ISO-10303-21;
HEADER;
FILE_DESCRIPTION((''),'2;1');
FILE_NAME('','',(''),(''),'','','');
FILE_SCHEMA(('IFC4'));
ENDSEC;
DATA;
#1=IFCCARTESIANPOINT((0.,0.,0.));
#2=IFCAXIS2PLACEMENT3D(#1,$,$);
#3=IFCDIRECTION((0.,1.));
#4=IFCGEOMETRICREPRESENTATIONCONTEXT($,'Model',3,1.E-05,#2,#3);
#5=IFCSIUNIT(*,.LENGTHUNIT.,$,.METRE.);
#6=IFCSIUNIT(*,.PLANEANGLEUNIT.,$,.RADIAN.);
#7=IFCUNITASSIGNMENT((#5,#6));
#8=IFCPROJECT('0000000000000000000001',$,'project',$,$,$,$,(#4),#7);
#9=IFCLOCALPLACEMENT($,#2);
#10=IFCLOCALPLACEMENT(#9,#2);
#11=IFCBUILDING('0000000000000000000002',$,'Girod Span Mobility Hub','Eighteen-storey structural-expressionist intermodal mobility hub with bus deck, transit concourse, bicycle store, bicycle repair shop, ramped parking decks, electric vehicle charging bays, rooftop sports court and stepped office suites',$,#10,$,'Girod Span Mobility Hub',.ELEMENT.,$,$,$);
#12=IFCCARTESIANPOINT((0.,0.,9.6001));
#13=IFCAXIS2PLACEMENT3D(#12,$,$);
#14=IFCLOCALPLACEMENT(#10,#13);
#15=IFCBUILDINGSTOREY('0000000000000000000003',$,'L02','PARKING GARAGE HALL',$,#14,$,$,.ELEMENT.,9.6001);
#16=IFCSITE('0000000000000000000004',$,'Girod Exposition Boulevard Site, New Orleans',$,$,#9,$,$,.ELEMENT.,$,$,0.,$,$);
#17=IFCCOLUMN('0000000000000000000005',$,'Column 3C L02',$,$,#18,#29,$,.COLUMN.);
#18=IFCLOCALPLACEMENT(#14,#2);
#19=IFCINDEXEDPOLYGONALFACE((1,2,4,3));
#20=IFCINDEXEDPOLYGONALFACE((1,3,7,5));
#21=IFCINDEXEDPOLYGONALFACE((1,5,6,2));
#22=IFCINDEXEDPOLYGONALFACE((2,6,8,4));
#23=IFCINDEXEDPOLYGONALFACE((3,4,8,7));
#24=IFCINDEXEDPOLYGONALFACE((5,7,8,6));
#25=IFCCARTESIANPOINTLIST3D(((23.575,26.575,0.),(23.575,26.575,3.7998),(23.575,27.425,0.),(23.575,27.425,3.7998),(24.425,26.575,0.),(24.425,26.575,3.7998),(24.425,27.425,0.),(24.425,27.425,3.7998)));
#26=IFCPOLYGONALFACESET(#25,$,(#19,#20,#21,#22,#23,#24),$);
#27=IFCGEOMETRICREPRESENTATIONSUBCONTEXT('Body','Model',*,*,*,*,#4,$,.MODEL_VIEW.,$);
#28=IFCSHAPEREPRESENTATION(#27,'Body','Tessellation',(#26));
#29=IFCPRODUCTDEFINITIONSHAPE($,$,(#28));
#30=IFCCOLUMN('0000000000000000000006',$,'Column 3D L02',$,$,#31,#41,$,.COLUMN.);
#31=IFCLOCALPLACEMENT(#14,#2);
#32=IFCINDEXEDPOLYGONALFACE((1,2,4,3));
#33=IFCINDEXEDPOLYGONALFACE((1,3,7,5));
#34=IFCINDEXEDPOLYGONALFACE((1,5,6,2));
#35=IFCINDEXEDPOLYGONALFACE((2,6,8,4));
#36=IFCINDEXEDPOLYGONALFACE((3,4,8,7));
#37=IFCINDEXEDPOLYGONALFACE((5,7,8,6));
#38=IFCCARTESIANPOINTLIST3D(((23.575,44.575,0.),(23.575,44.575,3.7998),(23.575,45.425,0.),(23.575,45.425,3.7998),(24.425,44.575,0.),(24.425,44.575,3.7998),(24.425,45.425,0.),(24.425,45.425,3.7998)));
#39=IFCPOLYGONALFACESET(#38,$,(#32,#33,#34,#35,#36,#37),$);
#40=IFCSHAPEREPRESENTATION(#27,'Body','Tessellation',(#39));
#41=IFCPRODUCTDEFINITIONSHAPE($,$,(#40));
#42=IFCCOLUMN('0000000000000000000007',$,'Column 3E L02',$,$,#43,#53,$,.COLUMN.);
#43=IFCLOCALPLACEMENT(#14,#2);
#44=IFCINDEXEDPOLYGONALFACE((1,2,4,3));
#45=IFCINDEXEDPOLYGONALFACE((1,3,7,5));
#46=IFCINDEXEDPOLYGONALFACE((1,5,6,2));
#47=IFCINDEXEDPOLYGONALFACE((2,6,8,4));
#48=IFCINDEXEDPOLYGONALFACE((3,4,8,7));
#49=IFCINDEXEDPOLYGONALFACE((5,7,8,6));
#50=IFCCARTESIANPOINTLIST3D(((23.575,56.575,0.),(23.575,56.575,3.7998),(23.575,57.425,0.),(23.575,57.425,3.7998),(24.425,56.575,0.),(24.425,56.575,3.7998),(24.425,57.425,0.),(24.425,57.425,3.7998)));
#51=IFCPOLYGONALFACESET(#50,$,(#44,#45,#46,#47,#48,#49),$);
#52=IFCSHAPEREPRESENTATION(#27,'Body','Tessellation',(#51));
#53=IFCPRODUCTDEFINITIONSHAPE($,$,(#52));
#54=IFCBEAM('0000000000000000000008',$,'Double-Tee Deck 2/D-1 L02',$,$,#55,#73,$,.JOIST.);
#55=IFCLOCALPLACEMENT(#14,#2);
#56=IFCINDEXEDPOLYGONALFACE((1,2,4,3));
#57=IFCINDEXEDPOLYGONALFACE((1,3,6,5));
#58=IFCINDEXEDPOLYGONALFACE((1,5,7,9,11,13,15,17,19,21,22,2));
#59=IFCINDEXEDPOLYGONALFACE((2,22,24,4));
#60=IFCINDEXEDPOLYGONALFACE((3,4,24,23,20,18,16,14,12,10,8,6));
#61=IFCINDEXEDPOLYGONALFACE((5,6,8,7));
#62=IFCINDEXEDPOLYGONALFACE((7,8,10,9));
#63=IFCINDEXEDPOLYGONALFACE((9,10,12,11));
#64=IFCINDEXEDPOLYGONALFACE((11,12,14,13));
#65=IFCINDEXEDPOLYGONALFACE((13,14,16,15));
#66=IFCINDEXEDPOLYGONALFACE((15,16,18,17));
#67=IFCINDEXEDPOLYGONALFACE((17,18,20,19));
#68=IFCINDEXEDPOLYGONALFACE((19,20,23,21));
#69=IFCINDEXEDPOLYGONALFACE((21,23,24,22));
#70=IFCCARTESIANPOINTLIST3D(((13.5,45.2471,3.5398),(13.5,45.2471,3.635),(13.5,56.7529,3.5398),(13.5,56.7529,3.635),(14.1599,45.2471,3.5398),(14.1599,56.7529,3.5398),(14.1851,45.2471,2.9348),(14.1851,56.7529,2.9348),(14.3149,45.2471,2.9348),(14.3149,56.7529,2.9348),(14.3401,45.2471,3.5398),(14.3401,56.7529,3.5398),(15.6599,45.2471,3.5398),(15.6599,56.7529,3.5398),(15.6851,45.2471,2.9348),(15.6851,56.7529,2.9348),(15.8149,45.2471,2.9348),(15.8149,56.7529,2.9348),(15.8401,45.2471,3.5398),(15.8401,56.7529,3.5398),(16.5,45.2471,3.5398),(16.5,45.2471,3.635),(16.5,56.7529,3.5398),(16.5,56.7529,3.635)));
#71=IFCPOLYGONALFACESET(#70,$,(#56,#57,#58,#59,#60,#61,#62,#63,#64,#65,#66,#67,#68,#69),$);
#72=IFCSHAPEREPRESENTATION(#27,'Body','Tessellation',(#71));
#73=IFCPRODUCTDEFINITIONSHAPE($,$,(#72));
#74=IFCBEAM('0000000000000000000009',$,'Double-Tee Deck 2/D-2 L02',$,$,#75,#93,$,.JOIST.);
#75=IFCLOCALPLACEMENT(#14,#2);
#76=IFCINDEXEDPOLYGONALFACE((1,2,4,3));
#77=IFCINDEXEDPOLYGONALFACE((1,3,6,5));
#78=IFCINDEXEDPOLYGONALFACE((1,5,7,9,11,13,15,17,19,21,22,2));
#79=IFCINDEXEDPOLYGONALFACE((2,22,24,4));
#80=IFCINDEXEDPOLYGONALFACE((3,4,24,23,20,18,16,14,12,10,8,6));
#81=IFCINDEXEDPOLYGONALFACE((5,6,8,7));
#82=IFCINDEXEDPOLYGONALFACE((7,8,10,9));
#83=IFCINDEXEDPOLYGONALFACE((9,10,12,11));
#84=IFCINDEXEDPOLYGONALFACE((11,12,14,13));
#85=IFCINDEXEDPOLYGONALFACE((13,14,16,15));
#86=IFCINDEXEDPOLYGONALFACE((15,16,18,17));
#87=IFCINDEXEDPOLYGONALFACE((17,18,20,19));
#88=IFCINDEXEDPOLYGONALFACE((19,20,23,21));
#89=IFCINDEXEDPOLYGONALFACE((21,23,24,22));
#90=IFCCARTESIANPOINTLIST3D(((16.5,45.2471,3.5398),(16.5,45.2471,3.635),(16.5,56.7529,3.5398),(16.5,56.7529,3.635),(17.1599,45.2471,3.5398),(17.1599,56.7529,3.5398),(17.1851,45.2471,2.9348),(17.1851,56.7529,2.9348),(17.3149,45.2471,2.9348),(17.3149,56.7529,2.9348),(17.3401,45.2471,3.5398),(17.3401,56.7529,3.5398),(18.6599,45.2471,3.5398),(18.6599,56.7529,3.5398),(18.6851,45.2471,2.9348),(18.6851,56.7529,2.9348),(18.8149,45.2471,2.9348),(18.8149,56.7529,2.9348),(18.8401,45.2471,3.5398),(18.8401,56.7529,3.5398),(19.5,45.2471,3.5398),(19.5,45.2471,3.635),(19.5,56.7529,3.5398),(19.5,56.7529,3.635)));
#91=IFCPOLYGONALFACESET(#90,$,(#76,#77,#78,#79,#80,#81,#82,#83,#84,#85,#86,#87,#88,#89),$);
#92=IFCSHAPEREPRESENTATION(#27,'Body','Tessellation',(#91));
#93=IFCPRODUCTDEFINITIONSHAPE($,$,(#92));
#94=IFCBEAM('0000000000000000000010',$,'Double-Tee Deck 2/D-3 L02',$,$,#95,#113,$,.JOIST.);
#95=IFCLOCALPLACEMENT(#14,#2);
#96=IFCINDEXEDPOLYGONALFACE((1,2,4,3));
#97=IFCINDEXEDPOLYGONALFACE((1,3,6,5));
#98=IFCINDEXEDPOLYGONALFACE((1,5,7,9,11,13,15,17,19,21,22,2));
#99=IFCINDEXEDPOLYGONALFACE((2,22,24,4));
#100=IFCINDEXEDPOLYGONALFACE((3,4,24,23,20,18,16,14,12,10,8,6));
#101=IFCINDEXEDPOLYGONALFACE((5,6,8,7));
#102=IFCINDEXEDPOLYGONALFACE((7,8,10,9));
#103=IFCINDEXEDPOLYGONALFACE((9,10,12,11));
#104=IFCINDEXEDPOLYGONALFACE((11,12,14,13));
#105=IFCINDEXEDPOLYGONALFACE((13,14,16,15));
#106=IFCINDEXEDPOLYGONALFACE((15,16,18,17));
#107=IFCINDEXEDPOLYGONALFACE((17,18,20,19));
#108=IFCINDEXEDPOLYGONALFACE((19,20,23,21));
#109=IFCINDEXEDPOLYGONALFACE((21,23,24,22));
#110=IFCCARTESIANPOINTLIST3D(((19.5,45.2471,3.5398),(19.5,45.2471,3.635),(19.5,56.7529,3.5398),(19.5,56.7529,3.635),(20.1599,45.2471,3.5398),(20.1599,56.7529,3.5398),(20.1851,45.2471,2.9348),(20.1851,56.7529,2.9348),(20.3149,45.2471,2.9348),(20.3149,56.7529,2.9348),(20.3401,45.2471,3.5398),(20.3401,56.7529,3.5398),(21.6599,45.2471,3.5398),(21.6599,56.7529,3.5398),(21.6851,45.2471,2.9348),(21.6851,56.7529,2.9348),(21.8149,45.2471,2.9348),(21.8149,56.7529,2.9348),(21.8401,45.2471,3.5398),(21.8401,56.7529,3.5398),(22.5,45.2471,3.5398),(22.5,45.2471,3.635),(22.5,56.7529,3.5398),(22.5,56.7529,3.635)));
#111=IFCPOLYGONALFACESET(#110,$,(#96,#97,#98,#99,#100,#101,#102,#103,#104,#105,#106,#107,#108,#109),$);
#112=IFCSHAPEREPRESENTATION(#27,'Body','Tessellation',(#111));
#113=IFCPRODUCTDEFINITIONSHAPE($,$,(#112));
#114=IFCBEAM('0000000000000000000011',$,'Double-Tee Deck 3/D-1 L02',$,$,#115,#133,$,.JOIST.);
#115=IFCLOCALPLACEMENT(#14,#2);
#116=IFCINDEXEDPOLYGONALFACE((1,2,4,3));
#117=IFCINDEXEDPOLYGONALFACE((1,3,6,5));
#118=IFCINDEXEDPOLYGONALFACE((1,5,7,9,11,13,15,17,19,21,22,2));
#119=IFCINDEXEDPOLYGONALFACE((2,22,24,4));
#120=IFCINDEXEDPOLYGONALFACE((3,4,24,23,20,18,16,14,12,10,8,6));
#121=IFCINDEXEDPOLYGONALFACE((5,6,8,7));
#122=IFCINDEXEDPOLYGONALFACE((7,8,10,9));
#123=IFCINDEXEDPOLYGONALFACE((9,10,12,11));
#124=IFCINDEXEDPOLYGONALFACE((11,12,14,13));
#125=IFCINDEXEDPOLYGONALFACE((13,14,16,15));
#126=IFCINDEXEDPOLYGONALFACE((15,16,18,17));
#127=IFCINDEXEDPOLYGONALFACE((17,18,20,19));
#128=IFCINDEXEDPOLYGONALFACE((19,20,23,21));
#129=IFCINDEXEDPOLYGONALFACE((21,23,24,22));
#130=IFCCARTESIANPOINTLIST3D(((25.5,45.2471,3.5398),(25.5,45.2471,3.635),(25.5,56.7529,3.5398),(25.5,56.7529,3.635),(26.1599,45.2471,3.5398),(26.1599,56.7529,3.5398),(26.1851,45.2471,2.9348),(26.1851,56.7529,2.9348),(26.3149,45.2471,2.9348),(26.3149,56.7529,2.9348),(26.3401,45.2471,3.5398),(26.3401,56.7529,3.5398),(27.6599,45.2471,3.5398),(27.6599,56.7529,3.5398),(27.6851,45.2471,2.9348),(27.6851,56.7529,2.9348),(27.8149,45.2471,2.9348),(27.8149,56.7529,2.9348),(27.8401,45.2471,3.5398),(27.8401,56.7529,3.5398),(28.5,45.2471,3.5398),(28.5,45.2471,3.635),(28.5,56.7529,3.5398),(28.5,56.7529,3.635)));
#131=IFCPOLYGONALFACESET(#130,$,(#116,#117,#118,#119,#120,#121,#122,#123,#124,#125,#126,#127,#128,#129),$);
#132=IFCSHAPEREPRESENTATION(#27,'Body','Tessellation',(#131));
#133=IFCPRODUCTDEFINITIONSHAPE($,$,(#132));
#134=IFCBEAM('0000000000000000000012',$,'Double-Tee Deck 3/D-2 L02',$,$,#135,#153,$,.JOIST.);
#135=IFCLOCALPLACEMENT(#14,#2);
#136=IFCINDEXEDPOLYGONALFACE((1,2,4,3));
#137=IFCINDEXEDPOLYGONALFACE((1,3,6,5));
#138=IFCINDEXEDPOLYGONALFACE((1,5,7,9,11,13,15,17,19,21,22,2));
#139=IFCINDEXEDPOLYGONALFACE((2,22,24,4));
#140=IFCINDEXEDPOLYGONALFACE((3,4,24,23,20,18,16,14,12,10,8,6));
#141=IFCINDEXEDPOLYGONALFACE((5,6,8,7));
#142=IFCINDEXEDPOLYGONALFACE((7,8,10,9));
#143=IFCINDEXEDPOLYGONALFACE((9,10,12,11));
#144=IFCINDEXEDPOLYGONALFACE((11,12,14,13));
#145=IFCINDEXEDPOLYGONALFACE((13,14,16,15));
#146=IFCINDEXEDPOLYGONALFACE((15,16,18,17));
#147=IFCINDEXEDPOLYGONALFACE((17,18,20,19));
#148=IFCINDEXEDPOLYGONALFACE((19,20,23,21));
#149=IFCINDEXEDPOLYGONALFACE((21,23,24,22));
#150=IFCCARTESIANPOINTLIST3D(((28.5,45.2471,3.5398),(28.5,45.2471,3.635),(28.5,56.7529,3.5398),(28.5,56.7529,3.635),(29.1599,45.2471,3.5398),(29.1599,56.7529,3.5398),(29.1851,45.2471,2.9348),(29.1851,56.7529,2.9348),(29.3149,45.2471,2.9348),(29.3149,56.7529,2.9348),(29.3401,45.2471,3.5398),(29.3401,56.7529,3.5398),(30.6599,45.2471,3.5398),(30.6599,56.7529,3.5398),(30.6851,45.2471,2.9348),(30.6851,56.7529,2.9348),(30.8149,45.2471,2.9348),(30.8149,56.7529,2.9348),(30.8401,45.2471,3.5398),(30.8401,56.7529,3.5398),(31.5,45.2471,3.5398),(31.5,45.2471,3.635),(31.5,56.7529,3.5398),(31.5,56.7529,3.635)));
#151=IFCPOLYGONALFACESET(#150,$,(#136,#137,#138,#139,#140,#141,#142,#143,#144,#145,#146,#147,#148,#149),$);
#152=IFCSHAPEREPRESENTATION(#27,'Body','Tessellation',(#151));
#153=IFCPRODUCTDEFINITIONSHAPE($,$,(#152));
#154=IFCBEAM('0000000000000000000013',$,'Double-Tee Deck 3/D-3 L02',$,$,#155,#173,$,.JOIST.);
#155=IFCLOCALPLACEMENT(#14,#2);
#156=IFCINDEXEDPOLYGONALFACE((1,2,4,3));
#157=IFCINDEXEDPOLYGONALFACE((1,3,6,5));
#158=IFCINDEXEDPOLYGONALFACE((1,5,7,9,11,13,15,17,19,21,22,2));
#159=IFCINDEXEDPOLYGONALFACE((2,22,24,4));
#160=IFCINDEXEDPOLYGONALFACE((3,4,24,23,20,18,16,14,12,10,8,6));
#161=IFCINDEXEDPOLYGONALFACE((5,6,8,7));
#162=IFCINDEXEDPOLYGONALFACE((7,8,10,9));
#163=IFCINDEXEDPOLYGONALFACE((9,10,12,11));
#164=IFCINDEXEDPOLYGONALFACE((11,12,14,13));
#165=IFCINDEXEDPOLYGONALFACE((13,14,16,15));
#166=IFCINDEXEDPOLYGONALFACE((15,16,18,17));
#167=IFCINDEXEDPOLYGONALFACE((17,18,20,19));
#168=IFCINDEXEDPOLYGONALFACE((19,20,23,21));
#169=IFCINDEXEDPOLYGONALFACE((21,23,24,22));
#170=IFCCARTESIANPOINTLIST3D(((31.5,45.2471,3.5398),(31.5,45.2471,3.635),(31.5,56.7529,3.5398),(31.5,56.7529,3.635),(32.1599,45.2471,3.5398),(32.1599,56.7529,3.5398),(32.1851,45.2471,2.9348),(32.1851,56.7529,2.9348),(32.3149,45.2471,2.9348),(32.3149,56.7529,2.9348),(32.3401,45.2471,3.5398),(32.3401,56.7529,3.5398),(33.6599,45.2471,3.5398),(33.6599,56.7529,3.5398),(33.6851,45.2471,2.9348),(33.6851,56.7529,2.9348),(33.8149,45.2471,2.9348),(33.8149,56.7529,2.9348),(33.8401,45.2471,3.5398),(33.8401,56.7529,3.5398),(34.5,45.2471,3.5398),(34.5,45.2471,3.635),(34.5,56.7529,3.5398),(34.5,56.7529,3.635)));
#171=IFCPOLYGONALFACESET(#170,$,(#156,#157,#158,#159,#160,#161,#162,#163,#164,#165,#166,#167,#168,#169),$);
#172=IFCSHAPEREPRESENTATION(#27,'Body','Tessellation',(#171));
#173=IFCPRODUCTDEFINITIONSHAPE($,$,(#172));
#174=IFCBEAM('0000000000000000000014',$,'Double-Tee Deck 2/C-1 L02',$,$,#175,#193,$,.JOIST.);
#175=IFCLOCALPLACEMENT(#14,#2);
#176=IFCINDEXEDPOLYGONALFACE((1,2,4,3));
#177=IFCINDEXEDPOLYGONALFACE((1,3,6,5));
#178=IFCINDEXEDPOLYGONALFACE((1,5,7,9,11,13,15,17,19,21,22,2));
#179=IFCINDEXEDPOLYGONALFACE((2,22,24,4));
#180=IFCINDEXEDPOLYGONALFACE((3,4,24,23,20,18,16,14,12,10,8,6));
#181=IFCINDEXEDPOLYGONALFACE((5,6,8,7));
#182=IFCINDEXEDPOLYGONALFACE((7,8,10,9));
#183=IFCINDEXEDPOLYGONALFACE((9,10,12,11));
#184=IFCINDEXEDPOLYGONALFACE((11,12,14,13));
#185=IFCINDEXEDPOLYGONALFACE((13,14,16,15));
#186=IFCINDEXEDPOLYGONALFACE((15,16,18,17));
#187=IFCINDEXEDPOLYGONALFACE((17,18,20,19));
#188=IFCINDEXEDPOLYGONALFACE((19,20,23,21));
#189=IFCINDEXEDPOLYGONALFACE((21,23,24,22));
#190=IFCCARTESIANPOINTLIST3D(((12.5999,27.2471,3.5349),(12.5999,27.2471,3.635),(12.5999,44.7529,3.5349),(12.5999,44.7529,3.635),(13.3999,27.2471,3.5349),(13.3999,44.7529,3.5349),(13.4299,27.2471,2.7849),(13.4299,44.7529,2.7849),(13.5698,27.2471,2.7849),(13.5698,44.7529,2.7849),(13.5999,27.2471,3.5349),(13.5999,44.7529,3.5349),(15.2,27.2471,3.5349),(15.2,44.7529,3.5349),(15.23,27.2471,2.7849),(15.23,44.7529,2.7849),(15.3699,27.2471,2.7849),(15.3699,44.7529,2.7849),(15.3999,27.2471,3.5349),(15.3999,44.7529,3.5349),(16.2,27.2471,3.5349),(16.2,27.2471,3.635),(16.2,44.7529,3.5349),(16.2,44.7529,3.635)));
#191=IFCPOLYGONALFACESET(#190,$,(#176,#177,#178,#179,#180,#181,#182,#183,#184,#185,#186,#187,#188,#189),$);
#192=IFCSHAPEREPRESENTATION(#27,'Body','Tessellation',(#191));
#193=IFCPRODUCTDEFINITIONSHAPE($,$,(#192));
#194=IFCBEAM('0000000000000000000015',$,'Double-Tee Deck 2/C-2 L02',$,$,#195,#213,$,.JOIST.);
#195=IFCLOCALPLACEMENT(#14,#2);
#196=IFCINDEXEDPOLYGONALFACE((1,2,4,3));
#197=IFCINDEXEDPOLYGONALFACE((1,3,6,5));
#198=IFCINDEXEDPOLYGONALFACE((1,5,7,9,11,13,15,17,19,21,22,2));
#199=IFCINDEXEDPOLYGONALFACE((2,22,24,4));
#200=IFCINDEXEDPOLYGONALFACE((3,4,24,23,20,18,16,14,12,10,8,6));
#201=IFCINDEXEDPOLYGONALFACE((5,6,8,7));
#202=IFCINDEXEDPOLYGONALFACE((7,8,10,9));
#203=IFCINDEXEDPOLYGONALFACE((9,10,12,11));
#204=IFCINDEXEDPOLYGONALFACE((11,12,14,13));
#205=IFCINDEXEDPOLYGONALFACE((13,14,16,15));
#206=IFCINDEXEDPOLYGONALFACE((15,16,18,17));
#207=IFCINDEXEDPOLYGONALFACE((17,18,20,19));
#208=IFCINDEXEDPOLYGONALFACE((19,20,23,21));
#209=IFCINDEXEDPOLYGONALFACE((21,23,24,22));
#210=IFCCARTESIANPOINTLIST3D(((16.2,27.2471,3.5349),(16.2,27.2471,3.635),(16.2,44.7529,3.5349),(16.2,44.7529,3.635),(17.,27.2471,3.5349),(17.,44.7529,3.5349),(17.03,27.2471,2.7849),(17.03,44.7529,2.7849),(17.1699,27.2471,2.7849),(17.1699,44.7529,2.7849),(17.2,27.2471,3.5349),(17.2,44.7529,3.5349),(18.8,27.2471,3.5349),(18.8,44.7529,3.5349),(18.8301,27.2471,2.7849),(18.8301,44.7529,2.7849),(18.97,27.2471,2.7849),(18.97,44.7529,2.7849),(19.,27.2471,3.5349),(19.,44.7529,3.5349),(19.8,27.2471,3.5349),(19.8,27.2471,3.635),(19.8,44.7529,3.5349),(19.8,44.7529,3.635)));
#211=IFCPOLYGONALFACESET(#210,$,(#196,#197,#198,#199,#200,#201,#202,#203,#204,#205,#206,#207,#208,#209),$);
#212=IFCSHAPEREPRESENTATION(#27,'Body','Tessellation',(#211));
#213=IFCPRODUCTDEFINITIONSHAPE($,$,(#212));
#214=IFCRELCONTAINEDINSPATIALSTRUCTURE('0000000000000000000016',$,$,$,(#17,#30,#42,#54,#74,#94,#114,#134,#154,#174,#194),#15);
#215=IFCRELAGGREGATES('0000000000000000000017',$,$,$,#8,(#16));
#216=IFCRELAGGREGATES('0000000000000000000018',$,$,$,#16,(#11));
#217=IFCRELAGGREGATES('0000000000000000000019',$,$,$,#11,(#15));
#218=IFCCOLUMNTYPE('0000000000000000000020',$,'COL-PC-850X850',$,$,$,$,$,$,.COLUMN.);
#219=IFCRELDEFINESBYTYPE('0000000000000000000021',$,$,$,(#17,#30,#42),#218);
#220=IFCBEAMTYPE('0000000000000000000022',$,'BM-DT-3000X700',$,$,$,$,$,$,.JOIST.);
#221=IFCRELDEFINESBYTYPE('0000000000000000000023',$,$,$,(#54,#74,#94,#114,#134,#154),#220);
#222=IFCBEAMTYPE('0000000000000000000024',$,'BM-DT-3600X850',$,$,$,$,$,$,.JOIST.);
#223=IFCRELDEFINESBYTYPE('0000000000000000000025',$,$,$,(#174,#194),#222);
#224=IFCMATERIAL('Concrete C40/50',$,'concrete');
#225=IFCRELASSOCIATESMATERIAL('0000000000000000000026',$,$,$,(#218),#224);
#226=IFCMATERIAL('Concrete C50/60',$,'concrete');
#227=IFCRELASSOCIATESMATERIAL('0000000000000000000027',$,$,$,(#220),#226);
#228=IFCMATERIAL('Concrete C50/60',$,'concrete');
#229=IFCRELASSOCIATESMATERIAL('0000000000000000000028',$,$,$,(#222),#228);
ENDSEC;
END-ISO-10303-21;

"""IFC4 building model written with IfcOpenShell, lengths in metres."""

from ifc_helpers import new_model, si_unit, direction, frame, origin, origin_2d, place, context, subcontext, project, spatial, polyline, rectangle, outline, extrude, material, material_profile, profile_set, type_object, element, save


model = new_model("IFC4")

# Units and contexts
model_context = context("Model", 3, precision=1e-05, world=origin(), true_north=direction((0.0, 1.0)))
body_context = subcontext(model_context, "Body", "Model", "MODEL_VIEW")
ifc_project = project(units=[si_unit("LENGTHUNIT", "METRE"), si_unit("PLANEANGLEUNIT", "RADIAN")], contexts=[model_context])

# Site, building, storey
site_placement = place(None, origin())
site = spatial("IfcSite", under=ifc_project, at=site_placement, Name="Girod Exposition Boulevard Site, New Orleans", CompositionType="ELEMENT", RefElevation=0.0)
building_placement = place(site_placement, origin())
building = spatial("IfcBuilding", under=site, at=building_placement, Name="Girod Span Mobility Hub", Description="Eighteen-storey structural-expressionist intermodal mobility hub with bus deck, transit concourse, bicycle store, bicycle repair shop, ramped parking decks, electric vehicle charging bays, rooftop sports court and stepped office suites", LongName="Girod Span Mobility Hub", CompositionType="ELEMENT")
storey_placement = place(building_placement, frame((0.0, 0.0, 9.6001)))
storey = spatial("IfcBuildingStorey", under=building, at=storey_placement, Name="L02", Description="PARKING GARAGE HALL", CompositionType="ELEMENT", Elevation=9.6001)

# Columns
ifc_material_1 = material(Name="Concrete C40/50", Category="concrete")
ifc_material_profile_1 = material_profile(ifc_material_1, rectangle(XDim=0.8501, YDim=0.8501, at=origin_2d()), Name="PC-COL-850X850")
ifc_profile_set_1 = profile_set([ifc_material_profile_1], Name="Concrete C40/50")
column_type = type_object("IfcColumnType", Name="COL-PC-850X850", PredefinedType="COLUMN", material=ifc_profile_set_1)
for number, where, z_axis, x_axis, name in (
    (1, (24.0, 27.0, 0.0), (0.0, 0.0, 1.0), (1.0, 0.0, 0.0), "Column 3C L02"),
    (2, (24.0, 45.0, 0.0), (0.0, 0.0, 1.0), (1.0, 0.0, 0.0), "Column 3D L02"),
    (3, (24.0, 57.0, 0.0), (0.0, 0.0, 1.0), (1.0, 0.0, 0.0), "Column 3E L02"),
):
    element("IfcColumn", number, at=place(storey_placement, frame(where, z_axis=z_axis, x_axis=x_axis)), inside=storey, type_object=column_type, Name=name, PredefinedType="COLUMN", context=body_context, shape_type="SweptSolid", body=[
        extrude(rectangle(XDim=0.8501, YDim=0.8501, at=origin_2d()), origin(), (0.0, 0.0, 1.0), 3.7998),
    ])

# Beams
ifc_material_2 = material(Name="Concrete C50/60", Category="concrete")
ifc_material_profile_2 = material_profile(ifc_material_2, outline(polyline([(-1.5, 0.3501), (-1.5, 0.2549), (-0.8401, 0.2549), (-0.8149, -0.3501), (-0.6851, -0.3501), (-0.6599, 0.2549), (0.6599, 0.2549), (0.6851, -0.3501), (0.8149, -0.3501), (0.8401, 0.2549), (1.5, 0.2549), (1.5, 0.3501), (-1.5, 0.3501)])), Name="DT-3000X700")
ifc_profile_set_2 = profile_set([ifc_material_profile_2], Name="Concrete C50/60")
beam_type_1 = type_object("IfcBeamType", Name="BM-DT-3000X700", PredefinedType="JOIST", material=ifc_profile_set_2)
for number, where, z_axis, x_axis, name in (
    (4, (15.0, 45.2471, 3.2849), (0.0, 1.0, 0.0), (-1.0, 0.0, 0.0), "Double-Tee Deck 2/D-1 L02"),
    (5, (18.0, 45.2471, 3.2849), (0.0, 1.0, 0.0), (-1.0, 0.0, 0.0), "Double-Tee Deck 2/D-2 L02"),
    (6, (21.0, 45.2471, 3.2849), (0.0, 1.0, 0.0), (-1.0, 0.0, 0.0), "Double-Tee Deck 2/D-3 L02"),
    (7, (27.0, 45.2471, 3.2849), (0.0, 1.0, 0.0), (-1.0, 0.0, 0.0), "Double-Tee Deck 3/D-1 L02"),
    (8, (30.0, 45.2471, 3.2849), (0.0, 1.0, 0.0), (-1.0, 0.0, 0.0), "Double-Tee Deck 3/D-2 L02"),
    (9, (33.0, 45.2471, 3.2849), (0.0, 1.0, 0.0), (-1.0, 0.0, 0.0), "Double-Tee Deck 3/D-3 L02"),
):
    element("IfcBeam", number, at=place(storey_placement, frame(where, z_axis=z_axis, x_axis=x_axis)), inside=storey, type_object=beam_type_1, Name=name, PredefinedType="JOIST", context=body_context, shape_type="SweptSolid", body=[
        extrude(outline(polyline([(-1.5, 0.3501), (-1.5, 0.2549), (-0.8401, 0.2549), (-0.8149, -0.3501), (-0.6851, -0.3501), (-0.6599, 0.2549), (0.6599, 0.2549), (0.6851, -0.3501), (0.8149, -0.3501), (0.8401, 0.2549), (1.5, 0.2549), (1.5, 0.3501), (-1.5, 0.3501)])), origin(), (0.0, 0.0, 1.0), 11.5059),
    ])
ifc_material_3 = material(Name="Concrete C50/60", Category="concrete")
ifc_material_profile_3 = material_profile(ifc_material_3, outline(polyline([(-1.8, 0.425), (-1.8, 0.325), (-1.0, 0.325), (-0.97, -0.425), (-0.8301, -0.425), (-0.8, 0.325), (0.8, 0.325), (0.8301, -0.425), (0.97, -0.425), (1.0, 0.325), (1.8, 0.325), (1.8, 0.425), (-1.8, 0.425)])), Name="DT-3600X850")
ifc_profile_set_3 = profile_set([ifc_material_profile_3], Name="Concrete C50/60")
beam_type_2 = type_object("IfcBeamType", Name="BM-DT-3600X850", PredefinedType="JOIST", material=ifc_profile_set_3)
for number, where, z_axis, x_axis, name in (
    (10, (14.3999, 27.2471, 3.21), (0.0, 1.0, 0.0), (-1.0, 0.0, 0.0), "Double-Tee Deck 2/C-1 L02"),
    (11, (18.0, 27.2471, 3.21), (0.0, 1.0, 0.0), (-1.0, 0.0, 0.0), "Double-Tee Deck 2/C-2 L02"),
):
    element("IfcBeam", number, at=place(storey_placement, frame(where, z_axis=z_axis, x_axis=x_axis)), inside=storey, type_object=beam_type_2, Name=name, PredefinedType="JOIST", context=body_context, shape_type="SweptSolid", body=[
        extrude(outline(polyline([(-1.8, 0.425), (-1.8, 0.325), (-1.0, 0.325), (-0.97, -0.425), (-0.8301, -0.425), (-0.8, 0.325), (0.8, 0.325), (0.8301, -0.425), (0.97, -0.425), (1.0, 0.325), (1.8, 0.325), (1.8, 0.425), (-1.8, 0.425)])), origin(), (0.0, 0.0, 1.0), 17.5059),
    ])

save(model, "model.ifc")
